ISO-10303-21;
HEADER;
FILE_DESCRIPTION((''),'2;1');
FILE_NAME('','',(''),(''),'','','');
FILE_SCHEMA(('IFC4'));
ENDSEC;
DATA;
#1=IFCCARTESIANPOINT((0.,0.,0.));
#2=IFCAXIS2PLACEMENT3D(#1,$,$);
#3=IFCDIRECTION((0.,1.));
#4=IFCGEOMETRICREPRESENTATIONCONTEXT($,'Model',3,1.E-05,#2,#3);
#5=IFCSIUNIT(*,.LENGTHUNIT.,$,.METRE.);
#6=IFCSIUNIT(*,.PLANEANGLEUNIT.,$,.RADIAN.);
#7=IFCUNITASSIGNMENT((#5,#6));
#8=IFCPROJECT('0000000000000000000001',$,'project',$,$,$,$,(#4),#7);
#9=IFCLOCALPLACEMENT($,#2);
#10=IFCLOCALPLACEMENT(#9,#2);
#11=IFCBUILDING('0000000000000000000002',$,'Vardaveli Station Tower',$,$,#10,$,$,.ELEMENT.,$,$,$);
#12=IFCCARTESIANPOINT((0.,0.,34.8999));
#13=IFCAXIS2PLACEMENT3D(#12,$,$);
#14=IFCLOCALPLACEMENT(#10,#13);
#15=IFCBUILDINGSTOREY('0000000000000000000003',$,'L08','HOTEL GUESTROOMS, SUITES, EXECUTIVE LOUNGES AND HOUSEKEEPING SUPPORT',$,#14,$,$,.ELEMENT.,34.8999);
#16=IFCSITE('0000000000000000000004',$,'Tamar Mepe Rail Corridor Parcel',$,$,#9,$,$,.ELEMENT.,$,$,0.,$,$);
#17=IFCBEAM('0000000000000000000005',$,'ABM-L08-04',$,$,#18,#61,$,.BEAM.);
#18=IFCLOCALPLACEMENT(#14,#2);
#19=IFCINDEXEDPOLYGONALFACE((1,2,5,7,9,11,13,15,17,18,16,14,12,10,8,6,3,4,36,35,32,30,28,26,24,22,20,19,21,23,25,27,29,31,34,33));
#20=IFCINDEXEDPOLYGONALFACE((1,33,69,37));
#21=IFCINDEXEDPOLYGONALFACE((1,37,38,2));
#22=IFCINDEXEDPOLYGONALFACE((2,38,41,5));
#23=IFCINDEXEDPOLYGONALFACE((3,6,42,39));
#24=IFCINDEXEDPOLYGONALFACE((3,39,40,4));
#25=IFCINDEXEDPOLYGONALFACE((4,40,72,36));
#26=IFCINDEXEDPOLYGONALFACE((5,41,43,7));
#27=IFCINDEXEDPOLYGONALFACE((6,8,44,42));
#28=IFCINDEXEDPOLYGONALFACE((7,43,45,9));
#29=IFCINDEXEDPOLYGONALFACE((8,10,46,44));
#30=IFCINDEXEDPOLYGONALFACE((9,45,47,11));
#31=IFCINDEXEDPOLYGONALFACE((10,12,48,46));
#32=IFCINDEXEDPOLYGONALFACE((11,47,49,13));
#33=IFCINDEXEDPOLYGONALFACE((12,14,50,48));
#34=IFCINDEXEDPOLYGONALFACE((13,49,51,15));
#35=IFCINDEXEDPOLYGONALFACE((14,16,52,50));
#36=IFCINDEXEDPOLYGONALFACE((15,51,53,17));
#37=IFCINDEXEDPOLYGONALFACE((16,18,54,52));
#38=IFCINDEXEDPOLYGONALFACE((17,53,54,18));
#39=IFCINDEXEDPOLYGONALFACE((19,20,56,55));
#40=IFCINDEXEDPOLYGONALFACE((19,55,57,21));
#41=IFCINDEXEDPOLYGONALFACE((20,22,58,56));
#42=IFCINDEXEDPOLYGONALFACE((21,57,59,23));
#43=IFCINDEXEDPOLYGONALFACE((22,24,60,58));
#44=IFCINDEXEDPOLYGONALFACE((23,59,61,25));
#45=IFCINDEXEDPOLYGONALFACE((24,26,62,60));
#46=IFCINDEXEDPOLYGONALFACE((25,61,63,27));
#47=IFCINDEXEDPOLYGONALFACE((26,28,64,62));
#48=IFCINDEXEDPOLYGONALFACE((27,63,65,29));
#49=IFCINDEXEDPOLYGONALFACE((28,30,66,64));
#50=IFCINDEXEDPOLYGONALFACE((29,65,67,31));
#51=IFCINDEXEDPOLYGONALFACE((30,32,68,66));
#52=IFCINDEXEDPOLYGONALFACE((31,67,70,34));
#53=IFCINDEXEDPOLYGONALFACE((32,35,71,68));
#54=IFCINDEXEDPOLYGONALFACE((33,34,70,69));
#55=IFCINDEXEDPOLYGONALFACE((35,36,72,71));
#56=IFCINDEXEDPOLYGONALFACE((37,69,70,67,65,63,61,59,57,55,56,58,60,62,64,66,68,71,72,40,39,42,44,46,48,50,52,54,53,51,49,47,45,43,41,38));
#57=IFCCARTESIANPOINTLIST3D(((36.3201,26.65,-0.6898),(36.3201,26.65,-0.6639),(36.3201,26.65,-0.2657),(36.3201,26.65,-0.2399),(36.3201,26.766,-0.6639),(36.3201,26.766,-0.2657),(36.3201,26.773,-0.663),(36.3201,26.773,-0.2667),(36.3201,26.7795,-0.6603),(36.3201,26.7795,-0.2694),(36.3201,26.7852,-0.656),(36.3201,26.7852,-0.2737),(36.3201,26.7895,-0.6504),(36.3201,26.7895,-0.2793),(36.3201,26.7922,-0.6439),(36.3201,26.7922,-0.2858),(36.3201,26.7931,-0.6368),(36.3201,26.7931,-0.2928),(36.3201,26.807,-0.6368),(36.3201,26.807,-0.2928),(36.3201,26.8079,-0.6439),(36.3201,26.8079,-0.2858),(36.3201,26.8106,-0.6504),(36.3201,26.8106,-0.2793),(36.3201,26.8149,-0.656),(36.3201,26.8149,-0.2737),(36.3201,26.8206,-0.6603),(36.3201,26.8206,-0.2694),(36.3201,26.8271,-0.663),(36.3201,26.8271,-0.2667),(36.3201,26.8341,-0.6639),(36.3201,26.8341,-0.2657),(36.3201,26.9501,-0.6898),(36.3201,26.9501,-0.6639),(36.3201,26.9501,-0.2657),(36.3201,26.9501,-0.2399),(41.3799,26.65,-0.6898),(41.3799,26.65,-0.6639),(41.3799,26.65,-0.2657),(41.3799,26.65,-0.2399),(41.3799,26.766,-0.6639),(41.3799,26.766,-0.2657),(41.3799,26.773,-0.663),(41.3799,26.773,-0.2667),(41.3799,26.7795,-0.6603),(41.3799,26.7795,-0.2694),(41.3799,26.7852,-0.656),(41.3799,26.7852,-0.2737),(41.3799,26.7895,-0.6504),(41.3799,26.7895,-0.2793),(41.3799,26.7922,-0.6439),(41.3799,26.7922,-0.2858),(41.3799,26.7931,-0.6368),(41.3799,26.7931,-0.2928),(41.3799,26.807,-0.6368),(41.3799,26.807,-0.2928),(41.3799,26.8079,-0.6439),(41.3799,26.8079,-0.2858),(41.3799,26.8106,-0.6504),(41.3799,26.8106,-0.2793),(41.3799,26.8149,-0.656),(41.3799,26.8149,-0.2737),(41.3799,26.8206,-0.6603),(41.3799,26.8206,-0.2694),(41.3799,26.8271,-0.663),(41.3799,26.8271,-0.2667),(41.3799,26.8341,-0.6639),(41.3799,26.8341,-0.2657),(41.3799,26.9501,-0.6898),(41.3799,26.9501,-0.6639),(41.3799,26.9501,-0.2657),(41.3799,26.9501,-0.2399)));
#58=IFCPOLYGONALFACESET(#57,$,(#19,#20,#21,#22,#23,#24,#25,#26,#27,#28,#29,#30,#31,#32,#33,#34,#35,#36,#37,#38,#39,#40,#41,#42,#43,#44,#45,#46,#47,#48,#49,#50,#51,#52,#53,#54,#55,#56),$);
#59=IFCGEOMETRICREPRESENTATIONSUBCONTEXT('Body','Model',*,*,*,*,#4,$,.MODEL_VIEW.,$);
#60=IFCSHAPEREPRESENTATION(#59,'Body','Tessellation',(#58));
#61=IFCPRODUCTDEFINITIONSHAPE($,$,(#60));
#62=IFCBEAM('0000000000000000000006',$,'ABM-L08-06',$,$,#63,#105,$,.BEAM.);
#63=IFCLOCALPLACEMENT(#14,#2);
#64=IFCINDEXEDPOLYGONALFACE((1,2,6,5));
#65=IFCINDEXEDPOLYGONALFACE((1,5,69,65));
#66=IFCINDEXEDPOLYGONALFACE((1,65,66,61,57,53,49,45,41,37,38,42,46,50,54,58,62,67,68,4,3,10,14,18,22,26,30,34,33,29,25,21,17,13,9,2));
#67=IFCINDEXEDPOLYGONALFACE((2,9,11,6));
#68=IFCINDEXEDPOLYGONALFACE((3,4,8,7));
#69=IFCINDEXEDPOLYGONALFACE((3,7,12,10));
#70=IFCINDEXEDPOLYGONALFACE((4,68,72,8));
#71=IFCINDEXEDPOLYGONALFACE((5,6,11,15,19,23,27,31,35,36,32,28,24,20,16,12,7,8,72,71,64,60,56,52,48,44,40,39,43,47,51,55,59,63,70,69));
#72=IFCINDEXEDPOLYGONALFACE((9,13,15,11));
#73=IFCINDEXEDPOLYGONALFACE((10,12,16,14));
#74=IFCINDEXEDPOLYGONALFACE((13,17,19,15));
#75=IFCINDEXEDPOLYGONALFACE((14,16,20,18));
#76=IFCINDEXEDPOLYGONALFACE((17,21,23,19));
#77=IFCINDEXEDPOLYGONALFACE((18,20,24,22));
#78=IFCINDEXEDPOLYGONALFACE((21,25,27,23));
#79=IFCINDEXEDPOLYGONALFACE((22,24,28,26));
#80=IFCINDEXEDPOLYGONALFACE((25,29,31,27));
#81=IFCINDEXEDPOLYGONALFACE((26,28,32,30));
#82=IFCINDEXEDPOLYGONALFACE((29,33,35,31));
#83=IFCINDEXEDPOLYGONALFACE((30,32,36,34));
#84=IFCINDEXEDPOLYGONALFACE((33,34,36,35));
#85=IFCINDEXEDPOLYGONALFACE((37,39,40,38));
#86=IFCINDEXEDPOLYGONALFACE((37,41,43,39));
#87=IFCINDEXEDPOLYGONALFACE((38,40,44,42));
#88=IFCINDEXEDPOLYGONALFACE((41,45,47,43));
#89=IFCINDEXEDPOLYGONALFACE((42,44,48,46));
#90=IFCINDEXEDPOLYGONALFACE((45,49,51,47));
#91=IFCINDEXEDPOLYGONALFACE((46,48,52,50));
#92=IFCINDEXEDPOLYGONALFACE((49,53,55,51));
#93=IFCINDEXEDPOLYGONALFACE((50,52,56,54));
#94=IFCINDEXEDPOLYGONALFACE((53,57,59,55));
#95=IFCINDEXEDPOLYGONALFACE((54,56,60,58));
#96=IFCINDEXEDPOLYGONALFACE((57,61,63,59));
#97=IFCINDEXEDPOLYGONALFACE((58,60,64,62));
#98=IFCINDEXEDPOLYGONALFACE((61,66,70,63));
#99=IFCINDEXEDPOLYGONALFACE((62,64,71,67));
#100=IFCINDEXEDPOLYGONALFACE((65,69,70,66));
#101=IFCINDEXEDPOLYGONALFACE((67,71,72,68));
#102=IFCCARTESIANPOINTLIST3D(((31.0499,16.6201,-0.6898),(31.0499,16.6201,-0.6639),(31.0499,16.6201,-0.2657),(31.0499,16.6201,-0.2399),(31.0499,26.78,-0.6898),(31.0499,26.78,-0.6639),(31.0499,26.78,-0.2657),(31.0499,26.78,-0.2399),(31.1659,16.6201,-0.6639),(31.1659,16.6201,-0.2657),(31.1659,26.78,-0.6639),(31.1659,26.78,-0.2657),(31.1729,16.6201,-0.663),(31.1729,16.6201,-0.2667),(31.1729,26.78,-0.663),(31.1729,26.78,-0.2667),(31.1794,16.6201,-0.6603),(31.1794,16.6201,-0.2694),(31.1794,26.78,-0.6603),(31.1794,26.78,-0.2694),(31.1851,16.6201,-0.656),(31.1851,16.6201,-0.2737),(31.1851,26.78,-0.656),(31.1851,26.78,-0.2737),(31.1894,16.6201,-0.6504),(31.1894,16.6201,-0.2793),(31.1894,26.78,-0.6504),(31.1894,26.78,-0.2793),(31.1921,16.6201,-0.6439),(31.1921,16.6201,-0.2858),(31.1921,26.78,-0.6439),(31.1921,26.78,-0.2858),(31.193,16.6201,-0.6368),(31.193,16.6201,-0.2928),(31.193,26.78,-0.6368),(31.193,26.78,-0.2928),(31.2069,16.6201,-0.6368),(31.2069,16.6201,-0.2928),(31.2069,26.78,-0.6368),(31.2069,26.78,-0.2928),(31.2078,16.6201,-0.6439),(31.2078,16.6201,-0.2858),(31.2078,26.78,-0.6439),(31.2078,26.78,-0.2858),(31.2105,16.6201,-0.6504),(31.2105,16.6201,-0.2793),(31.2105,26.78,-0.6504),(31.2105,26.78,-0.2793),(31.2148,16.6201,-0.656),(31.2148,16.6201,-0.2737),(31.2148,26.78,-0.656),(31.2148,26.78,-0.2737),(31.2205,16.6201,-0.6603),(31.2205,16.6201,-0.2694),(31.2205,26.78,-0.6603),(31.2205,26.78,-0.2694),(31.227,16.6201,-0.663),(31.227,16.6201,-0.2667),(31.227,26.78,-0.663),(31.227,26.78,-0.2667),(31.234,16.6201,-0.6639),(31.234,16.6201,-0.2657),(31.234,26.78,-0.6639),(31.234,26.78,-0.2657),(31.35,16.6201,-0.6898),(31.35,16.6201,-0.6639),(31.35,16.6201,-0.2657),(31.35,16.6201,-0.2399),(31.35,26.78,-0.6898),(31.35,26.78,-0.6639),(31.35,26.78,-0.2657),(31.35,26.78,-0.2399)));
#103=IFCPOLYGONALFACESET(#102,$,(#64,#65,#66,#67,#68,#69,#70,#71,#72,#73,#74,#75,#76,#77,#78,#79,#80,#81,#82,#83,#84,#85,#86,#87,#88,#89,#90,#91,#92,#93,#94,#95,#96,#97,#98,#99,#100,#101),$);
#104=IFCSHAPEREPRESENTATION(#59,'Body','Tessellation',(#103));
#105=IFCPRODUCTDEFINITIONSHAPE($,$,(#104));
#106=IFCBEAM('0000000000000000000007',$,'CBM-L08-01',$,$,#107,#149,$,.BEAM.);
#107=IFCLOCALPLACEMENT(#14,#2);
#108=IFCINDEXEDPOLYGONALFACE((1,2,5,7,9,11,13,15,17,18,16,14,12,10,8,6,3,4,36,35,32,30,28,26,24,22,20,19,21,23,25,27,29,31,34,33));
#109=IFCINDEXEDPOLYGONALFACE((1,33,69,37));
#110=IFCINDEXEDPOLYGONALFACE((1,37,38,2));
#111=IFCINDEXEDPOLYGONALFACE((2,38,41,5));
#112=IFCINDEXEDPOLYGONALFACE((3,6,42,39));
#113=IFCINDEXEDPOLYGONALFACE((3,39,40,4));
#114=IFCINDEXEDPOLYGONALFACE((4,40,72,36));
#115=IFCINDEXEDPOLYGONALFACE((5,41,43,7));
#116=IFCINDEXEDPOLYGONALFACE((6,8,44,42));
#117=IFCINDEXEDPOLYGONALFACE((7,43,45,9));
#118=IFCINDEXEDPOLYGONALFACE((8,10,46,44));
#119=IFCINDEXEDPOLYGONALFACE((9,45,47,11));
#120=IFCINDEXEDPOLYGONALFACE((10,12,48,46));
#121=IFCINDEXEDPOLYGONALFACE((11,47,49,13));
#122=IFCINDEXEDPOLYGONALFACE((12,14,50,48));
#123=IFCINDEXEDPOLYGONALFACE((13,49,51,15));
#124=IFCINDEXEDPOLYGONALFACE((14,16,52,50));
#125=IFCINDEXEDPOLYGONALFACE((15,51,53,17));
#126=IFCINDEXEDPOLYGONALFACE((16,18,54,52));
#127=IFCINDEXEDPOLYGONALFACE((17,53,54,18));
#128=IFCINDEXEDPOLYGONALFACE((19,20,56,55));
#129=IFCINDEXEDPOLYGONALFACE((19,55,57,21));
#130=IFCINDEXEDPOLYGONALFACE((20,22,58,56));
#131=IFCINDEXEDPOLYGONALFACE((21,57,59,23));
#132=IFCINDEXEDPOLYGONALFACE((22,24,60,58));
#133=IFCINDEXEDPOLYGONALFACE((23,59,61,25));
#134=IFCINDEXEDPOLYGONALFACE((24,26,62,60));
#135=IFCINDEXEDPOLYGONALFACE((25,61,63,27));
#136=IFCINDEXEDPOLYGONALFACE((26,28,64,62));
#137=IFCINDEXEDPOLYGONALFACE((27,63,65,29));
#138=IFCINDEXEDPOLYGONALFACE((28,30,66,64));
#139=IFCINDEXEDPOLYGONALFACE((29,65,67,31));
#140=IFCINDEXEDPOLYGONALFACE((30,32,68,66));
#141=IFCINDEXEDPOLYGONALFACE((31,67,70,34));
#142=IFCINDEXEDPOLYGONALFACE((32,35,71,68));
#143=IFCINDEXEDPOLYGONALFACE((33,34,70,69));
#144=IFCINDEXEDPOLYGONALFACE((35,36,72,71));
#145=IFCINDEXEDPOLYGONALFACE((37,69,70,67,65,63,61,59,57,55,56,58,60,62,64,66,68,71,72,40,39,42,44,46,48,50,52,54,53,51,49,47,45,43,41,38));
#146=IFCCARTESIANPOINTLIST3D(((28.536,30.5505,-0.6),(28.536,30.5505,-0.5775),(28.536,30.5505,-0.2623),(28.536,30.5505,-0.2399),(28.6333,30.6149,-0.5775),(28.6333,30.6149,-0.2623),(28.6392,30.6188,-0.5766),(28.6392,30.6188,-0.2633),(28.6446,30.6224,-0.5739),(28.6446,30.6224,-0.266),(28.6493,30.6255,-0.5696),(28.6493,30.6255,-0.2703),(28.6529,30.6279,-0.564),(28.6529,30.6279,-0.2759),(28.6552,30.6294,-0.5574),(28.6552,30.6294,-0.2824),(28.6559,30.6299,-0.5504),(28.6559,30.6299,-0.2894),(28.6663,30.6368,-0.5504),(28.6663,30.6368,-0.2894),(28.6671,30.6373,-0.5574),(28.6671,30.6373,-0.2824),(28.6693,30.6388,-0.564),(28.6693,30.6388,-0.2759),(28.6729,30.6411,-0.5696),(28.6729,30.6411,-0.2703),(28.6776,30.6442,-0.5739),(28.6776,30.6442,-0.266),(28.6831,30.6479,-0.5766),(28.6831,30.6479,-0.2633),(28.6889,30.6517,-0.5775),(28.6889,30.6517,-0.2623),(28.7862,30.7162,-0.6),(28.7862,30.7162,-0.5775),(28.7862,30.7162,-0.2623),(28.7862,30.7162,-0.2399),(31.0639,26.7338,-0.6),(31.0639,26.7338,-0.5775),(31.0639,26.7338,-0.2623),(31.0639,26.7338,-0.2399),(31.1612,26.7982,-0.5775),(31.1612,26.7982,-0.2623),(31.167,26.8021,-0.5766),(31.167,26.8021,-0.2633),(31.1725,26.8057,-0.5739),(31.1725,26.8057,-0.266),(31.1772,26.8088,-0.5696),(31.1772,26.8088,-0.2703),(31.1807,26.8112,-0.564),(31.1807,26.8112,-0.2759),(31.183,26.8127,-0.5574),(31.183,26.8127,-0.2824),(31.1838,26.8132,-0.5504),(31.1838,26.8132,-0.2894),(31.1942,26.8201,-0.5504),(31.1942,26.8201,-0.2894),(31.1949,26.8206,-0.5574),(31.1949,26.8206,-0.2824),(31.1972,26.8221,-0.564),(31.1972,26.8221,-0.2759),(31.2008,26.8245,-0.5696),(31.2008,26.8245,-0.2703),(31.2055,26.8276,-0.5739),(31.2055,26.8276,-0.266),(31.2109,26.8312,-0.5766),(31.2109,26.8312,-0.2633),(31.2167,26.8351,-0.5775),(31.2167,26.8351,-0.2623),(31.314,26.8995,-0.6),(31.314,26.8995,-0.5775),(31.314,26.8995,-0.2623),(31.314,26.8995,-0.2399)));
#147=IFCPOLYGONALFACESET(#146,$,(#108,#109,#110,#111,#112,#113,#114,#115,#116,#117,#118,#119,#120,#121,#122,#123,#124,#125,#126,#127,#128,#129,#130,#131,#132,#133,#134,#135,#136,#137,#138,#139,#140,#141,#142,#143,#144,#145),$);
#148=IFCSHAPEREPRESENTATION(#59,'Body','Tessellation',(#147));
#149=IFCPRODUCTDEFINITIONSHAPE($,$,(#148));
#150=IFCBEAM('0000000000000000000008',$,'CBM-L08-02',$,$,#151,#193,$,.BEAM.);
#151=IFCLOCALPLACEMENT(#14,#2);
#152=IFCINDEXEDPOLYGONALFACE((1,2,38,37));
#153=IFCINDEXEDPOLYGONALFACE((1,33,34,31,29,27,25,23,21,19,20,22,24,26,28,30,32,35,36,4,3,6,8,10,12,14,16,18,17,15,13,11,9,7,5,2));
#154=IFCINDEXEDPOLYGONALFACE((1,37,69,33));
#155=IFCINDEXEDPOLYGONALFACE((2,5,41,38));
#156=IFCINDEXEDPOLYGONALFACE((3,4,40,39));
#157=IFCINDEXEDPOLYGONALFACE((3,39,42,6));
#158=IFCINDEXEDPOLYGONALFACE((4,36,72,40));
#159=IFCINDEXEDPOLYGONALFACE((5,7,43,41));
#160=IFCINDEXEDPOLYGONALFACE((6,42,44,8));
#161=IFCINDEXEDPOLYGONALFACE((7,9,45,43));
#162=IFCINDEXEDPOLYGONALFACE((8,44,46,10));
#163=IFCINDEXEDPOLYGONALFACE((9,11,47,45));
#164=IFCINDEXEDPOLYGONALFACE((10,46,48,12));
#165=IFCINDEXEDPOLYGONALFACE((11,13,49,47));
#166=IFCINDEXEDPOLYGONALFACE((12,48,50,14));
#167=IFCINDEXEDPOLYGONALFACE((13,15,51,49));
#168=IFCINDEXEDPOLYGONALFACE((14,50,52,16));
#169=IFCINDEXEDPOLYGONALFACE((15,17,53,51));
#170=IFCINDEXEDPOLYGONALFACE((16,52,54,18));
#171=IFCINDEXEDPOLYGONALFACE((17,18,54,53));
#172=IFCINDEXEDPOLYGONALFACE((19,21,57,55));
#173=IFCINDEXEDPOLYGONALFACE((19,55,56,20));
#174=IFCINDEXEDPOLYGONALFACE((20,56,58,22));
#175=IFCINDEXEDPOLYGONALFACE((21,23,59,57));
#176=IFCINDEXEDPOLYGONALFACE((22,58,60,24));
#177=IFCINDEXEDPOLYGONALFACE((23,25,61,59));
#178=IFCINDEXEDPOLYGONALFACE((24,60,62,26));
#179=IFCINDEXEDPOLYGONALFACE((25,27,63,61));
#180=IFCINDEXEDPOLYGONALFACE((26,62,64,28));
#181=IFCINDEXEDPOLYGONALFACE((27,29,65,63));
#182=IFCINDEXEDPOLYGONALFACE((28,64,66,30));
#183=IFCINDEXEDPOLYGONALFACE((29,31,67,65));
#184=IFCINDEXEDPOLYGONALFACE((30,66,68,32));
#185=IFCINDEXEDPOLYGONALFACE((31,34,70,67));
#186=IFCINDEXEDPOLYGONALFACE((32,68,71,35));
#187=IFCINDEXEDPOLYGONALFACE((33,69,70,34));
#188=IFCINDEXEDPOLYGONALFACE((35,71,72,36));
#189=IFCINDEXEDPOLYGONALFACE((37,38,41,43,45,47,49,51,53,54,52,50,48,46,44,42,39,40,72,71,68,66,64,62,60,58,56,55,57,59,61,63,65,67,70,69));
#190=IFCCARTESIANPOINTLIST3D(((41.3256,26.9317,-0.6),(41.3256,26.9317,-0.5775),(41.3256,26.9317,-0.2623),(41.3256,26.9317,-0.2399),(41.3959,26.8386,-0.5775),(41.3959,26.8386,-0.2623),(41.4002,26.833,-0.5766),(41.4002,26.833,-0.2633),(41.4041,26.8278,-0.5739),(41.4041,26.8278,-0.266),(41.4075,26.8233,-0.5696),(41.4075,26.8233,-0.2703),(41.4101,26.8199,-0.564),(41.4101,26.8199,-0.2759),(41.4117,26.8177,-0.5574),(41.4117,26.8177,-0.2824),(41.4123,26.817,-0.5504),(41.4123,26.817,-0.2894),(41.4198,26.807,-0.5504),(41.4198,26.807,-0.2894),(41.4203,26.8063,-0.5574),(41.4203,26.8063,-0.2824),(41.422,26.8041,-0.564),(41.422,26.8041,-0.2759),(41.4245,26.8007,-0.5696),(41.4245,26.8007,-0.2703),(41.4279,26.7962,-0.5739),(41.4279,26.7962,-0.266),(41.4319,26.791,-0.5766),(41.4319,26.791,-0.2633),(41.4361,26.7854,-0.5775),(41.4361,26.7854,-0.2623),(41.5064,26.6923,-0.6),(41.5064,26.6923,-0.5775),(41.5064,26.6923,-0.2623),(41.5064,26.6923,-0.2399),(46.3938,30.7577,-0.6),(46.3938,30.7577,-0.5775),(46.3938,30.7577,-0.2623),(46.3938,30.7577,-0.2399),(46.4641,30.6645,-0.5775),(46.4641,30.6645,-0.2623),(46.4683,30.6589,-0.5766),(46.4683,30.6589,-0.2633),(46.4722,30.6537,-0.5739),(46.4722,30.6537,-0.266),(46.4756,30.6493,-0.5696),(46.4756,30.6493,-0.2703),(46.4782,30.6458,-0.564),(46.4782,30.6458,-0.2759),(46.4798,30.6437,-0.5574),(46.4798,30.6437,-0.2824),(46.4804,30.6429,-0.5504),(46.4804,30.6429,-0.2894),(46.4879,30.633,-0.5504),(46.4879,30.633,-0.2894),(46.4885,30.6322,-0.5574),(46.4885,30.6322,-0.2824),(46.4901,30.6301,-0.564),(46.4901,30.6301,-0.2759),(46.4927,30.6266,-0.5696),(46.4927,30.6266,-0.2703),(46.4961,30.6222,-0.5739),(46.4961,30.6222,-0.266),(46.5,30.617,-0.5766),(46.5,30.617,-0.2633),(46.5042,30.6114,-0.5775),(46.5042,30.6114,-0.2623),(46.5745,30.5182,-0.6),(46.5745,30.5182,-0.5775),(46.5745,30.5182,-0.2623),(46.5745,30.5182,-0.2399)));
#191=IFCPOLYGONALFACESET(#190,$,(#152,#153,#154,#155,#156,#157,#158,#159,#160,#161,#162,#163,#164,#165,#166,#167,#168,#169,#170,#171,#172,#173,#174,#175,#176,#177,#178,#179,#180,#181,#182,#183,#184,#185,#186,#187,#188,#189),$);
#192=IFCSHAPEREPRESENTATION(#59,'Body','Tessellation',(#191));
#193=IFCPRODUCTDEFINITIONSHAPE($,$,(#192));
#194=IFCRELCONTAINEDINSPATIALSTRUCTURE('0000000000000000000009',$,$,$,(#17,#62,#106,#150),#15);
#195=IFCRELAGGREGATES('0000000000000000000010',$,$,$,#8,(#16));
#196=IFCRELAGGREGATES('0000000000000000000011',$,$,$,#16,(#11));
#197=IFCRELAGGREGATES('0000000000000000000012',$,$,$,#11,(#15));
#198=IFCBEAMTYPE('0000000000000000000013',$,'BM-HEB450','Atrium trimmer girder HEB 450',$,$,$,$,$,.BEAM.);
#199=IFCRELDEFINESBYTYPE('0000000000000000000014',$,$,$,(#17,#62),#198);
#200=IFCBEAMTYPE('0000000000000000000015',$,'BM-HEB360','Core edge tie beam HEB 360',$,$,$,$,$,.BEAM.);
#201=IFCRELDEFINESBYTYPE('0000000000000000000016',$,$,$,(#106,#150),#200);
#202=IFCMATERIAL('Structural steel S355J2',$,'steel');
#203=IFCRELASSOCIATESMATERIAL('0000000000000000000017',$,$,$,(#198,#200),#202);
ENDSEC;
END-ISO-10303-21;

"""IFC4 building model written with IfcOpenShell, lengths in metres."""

from ifc_helpers import new_model, si_unit, direction, frame, origin, origin_2d, place, context, subcontext, project, spatial, i_section, extrude, source, transform, mapped, material, material_profile, profile_set, type_object, element, save


model = new_model("IFC4")

# Units and contexts
model_context = context("Model", 3, precision=1e-05, world=origin(), true_north=direction((0.0, 1.0)))
body_context = subcontext(model_context, "Body", "Model", "MODEL_VIEW")
ifc_project = project(units=[si_unit("LENGTHUNIT", "METRE"), si_unit("PLANEANGLEUNIT", "RADIAN")], contexts=[model_context])

# Site, building, storey
site_placement = place(None, origin())
site = spatial("IfcSite", under=ifc_project, at=site_placement, Name="Tamar Mepe Rail Corridor Parcel", CompositionType="ELEMENT", RefElevation=0.0)
building_placement = place(site_placement, origin())
building = spatial("IfcBuilding", under=site, at=building_placement, Name="Vardaveli Station Tower", CompositionType="ELEMENT")
storey_placement = place(building_placement, frame((0.0, 0.0, 34.8999)))
storey = spatial("IfcBuildingStorey", under=building, at=storey_placement, Name="L08", Description="HOTEL GUESTROOMS, SUITES, EXECUTIVE LOUNGES AND HOUSEKEEPING SUPPORT", CompositionType="ELEMENT", Elevation=34.8999)

# Beams
ifc_material_1 = material(Name="Structural steel S355J2", Category="steel")
ifc_material_profile_1 = material_profile(ifc_material_1, i_section(OverallWidth=0.3, OverallDepth=0.45, WebThickness=0.0139, FlangeThickness=0.0259, FilletRadius=0.0271, at=origin_2d()), Name="HEB 450")
ifc_profile_set_1 = profile_set([ifc_material_profile_1], Name="Structural steel S355J2")
beam_type_1 = type_object("IfcBeamType", Name="BM-HEB450", Description="Atrium trimmer girder HEB 450", PredefinedType="BEAM", material=ifc_profile_set_1)
shared_shape_1 = source(origin(), body_context, "Body", "SweptSolid", [
    extrude(i_section(OverallWidth=0.3, OverallDepth=0.45, WebThickness=0.0139, FlangeThickness=0.0259, FilletRadius=0.0271, at=origin_2d()), origin(), (0.0, 0.0, 1.0), 5.0598),
])
beam_1_placement = place(storey_placement, frame((41.3799, 26.8, -0.4648), z_axis=(-1.0, 0.0, 0.0), x_axis=(0.0, -1.0, 0.0)))
element("IfcBeam", 1, at=beam_1_placement, inside=storey, type_object=beam_type_1, Name="ABM-L08-04", PredefinedType="BEAM", context=body_context, shape_type="MappedRepresentation", body=[
    mapped(shared_shape_1, transform((0.0, 0.0, 0.0), scale=1.0)),
])
shared_shape_2 = source(origin(), body_context, "Body", "SweptSolid", [
    extrude(i_section(OverallWidth=0.3, OverallDepth=0.45, WebThickness=0.0139, FlangeThickness=0.0259, FilletRadius=0.0271, at=origin_2d()), origin(), (0.0, 0.0, 1.0), 10.1599),
])
beam_2_placement = place(storey_placement, frame((31.2, 26.78, -0.4648), z_axis=(0.0, -1.0, 0.0), x_axis=(1.0, 0.0, 0.0)))
element("IfcBeam", 2, at=beam_2_placement, inside=storey, type_object=beam_type_1, Name="ABM-L08-06", PredefinedType="BEAM", context=body_context, shape_type="MappedRepresentation", body=[
    mapped(shared_shape_2, transform((0.0, 0.0, 0.0), scale=1.0)),
])
ifc_material_profile_2 = material_profile(ifc_material_1, i_section(OverallWidth=0.3, OverallDepth=0.3601, WebThickness=0.0125, FlangeThickness=0.0225, FilletRadius=0.0271, at=origin_2d()), Name="HEB 360")
ifc_profile_set_2 = profile_set([ifc_material_profile_2], Name="Structural steel S355J2")
beam_type_2 = type_object("IfcBeamType", Name="BM-HEB360", Description="Core edge tie beam HEB 360", PredefinedType="BEAM", material=ifc_profile_set_2)
shared_shape_3 = source(origin(), body_context, "Body", "SweptSolid", [
    extrude(i_section(OverallWidth=0.3, OverallDepth=0.3601, WebThickness=0.0125, FlangeThickness=0.0225, FilletRadius=0.0271, at=origin_2d()), origin(), (0.0, 0.0, 1.0), 4.5779),
])
beam_3_placement = place(storey_placement, frame((31.189, 26.8167, -0.4199), z_axis=(-0.552187, 0.83372, 0.0), x_axis=(-0.83372, -0.552187, 0.0)))
element("IfcBeam", 3, at=beam_3_placement, inside=storey, type_object=beam_type_2, Name="CBM-L08-01", PredefinedType="BEAM", context=body_context, shape_type="MappedRepresentation", body=[
    mapped(shared_shape_3, transform((0.0, 0.0, 0.0), scale=1.0)),
])
shared_shape_4 = source(origin(), body_context, "Body", "SweptSolid", [
    extrude(i_section(OverallWidth=0.3, OverallDepth=0.3601, WebThickness=0.0125, FlangeThickness=0.0225, FilletRadius=0.0271, at=origin_2d()), origin(), (0.0, 0.0, 1.0), 6.3501),
])
beam_4_placement = place(storey_placement, frame((41.416, 26.812, -0.4199), z_axis=(0.798118, 0.602501, 0.0), x_axis=(-0.602501, 0.798118, 0.0)))
element("IfcBeam", 4, at=beam_4_placement, inside=storey, type_object=beam_type_2, Name="CBM-L08-02", PredefinedType="BEAM", context=body_context, shape_type="MappedRepresentation", body=[
    mapped(shared_shape_4, transform((0.0, 0.0, 0.0), scale=1.0)),
])

save(model, "model.ifc")
